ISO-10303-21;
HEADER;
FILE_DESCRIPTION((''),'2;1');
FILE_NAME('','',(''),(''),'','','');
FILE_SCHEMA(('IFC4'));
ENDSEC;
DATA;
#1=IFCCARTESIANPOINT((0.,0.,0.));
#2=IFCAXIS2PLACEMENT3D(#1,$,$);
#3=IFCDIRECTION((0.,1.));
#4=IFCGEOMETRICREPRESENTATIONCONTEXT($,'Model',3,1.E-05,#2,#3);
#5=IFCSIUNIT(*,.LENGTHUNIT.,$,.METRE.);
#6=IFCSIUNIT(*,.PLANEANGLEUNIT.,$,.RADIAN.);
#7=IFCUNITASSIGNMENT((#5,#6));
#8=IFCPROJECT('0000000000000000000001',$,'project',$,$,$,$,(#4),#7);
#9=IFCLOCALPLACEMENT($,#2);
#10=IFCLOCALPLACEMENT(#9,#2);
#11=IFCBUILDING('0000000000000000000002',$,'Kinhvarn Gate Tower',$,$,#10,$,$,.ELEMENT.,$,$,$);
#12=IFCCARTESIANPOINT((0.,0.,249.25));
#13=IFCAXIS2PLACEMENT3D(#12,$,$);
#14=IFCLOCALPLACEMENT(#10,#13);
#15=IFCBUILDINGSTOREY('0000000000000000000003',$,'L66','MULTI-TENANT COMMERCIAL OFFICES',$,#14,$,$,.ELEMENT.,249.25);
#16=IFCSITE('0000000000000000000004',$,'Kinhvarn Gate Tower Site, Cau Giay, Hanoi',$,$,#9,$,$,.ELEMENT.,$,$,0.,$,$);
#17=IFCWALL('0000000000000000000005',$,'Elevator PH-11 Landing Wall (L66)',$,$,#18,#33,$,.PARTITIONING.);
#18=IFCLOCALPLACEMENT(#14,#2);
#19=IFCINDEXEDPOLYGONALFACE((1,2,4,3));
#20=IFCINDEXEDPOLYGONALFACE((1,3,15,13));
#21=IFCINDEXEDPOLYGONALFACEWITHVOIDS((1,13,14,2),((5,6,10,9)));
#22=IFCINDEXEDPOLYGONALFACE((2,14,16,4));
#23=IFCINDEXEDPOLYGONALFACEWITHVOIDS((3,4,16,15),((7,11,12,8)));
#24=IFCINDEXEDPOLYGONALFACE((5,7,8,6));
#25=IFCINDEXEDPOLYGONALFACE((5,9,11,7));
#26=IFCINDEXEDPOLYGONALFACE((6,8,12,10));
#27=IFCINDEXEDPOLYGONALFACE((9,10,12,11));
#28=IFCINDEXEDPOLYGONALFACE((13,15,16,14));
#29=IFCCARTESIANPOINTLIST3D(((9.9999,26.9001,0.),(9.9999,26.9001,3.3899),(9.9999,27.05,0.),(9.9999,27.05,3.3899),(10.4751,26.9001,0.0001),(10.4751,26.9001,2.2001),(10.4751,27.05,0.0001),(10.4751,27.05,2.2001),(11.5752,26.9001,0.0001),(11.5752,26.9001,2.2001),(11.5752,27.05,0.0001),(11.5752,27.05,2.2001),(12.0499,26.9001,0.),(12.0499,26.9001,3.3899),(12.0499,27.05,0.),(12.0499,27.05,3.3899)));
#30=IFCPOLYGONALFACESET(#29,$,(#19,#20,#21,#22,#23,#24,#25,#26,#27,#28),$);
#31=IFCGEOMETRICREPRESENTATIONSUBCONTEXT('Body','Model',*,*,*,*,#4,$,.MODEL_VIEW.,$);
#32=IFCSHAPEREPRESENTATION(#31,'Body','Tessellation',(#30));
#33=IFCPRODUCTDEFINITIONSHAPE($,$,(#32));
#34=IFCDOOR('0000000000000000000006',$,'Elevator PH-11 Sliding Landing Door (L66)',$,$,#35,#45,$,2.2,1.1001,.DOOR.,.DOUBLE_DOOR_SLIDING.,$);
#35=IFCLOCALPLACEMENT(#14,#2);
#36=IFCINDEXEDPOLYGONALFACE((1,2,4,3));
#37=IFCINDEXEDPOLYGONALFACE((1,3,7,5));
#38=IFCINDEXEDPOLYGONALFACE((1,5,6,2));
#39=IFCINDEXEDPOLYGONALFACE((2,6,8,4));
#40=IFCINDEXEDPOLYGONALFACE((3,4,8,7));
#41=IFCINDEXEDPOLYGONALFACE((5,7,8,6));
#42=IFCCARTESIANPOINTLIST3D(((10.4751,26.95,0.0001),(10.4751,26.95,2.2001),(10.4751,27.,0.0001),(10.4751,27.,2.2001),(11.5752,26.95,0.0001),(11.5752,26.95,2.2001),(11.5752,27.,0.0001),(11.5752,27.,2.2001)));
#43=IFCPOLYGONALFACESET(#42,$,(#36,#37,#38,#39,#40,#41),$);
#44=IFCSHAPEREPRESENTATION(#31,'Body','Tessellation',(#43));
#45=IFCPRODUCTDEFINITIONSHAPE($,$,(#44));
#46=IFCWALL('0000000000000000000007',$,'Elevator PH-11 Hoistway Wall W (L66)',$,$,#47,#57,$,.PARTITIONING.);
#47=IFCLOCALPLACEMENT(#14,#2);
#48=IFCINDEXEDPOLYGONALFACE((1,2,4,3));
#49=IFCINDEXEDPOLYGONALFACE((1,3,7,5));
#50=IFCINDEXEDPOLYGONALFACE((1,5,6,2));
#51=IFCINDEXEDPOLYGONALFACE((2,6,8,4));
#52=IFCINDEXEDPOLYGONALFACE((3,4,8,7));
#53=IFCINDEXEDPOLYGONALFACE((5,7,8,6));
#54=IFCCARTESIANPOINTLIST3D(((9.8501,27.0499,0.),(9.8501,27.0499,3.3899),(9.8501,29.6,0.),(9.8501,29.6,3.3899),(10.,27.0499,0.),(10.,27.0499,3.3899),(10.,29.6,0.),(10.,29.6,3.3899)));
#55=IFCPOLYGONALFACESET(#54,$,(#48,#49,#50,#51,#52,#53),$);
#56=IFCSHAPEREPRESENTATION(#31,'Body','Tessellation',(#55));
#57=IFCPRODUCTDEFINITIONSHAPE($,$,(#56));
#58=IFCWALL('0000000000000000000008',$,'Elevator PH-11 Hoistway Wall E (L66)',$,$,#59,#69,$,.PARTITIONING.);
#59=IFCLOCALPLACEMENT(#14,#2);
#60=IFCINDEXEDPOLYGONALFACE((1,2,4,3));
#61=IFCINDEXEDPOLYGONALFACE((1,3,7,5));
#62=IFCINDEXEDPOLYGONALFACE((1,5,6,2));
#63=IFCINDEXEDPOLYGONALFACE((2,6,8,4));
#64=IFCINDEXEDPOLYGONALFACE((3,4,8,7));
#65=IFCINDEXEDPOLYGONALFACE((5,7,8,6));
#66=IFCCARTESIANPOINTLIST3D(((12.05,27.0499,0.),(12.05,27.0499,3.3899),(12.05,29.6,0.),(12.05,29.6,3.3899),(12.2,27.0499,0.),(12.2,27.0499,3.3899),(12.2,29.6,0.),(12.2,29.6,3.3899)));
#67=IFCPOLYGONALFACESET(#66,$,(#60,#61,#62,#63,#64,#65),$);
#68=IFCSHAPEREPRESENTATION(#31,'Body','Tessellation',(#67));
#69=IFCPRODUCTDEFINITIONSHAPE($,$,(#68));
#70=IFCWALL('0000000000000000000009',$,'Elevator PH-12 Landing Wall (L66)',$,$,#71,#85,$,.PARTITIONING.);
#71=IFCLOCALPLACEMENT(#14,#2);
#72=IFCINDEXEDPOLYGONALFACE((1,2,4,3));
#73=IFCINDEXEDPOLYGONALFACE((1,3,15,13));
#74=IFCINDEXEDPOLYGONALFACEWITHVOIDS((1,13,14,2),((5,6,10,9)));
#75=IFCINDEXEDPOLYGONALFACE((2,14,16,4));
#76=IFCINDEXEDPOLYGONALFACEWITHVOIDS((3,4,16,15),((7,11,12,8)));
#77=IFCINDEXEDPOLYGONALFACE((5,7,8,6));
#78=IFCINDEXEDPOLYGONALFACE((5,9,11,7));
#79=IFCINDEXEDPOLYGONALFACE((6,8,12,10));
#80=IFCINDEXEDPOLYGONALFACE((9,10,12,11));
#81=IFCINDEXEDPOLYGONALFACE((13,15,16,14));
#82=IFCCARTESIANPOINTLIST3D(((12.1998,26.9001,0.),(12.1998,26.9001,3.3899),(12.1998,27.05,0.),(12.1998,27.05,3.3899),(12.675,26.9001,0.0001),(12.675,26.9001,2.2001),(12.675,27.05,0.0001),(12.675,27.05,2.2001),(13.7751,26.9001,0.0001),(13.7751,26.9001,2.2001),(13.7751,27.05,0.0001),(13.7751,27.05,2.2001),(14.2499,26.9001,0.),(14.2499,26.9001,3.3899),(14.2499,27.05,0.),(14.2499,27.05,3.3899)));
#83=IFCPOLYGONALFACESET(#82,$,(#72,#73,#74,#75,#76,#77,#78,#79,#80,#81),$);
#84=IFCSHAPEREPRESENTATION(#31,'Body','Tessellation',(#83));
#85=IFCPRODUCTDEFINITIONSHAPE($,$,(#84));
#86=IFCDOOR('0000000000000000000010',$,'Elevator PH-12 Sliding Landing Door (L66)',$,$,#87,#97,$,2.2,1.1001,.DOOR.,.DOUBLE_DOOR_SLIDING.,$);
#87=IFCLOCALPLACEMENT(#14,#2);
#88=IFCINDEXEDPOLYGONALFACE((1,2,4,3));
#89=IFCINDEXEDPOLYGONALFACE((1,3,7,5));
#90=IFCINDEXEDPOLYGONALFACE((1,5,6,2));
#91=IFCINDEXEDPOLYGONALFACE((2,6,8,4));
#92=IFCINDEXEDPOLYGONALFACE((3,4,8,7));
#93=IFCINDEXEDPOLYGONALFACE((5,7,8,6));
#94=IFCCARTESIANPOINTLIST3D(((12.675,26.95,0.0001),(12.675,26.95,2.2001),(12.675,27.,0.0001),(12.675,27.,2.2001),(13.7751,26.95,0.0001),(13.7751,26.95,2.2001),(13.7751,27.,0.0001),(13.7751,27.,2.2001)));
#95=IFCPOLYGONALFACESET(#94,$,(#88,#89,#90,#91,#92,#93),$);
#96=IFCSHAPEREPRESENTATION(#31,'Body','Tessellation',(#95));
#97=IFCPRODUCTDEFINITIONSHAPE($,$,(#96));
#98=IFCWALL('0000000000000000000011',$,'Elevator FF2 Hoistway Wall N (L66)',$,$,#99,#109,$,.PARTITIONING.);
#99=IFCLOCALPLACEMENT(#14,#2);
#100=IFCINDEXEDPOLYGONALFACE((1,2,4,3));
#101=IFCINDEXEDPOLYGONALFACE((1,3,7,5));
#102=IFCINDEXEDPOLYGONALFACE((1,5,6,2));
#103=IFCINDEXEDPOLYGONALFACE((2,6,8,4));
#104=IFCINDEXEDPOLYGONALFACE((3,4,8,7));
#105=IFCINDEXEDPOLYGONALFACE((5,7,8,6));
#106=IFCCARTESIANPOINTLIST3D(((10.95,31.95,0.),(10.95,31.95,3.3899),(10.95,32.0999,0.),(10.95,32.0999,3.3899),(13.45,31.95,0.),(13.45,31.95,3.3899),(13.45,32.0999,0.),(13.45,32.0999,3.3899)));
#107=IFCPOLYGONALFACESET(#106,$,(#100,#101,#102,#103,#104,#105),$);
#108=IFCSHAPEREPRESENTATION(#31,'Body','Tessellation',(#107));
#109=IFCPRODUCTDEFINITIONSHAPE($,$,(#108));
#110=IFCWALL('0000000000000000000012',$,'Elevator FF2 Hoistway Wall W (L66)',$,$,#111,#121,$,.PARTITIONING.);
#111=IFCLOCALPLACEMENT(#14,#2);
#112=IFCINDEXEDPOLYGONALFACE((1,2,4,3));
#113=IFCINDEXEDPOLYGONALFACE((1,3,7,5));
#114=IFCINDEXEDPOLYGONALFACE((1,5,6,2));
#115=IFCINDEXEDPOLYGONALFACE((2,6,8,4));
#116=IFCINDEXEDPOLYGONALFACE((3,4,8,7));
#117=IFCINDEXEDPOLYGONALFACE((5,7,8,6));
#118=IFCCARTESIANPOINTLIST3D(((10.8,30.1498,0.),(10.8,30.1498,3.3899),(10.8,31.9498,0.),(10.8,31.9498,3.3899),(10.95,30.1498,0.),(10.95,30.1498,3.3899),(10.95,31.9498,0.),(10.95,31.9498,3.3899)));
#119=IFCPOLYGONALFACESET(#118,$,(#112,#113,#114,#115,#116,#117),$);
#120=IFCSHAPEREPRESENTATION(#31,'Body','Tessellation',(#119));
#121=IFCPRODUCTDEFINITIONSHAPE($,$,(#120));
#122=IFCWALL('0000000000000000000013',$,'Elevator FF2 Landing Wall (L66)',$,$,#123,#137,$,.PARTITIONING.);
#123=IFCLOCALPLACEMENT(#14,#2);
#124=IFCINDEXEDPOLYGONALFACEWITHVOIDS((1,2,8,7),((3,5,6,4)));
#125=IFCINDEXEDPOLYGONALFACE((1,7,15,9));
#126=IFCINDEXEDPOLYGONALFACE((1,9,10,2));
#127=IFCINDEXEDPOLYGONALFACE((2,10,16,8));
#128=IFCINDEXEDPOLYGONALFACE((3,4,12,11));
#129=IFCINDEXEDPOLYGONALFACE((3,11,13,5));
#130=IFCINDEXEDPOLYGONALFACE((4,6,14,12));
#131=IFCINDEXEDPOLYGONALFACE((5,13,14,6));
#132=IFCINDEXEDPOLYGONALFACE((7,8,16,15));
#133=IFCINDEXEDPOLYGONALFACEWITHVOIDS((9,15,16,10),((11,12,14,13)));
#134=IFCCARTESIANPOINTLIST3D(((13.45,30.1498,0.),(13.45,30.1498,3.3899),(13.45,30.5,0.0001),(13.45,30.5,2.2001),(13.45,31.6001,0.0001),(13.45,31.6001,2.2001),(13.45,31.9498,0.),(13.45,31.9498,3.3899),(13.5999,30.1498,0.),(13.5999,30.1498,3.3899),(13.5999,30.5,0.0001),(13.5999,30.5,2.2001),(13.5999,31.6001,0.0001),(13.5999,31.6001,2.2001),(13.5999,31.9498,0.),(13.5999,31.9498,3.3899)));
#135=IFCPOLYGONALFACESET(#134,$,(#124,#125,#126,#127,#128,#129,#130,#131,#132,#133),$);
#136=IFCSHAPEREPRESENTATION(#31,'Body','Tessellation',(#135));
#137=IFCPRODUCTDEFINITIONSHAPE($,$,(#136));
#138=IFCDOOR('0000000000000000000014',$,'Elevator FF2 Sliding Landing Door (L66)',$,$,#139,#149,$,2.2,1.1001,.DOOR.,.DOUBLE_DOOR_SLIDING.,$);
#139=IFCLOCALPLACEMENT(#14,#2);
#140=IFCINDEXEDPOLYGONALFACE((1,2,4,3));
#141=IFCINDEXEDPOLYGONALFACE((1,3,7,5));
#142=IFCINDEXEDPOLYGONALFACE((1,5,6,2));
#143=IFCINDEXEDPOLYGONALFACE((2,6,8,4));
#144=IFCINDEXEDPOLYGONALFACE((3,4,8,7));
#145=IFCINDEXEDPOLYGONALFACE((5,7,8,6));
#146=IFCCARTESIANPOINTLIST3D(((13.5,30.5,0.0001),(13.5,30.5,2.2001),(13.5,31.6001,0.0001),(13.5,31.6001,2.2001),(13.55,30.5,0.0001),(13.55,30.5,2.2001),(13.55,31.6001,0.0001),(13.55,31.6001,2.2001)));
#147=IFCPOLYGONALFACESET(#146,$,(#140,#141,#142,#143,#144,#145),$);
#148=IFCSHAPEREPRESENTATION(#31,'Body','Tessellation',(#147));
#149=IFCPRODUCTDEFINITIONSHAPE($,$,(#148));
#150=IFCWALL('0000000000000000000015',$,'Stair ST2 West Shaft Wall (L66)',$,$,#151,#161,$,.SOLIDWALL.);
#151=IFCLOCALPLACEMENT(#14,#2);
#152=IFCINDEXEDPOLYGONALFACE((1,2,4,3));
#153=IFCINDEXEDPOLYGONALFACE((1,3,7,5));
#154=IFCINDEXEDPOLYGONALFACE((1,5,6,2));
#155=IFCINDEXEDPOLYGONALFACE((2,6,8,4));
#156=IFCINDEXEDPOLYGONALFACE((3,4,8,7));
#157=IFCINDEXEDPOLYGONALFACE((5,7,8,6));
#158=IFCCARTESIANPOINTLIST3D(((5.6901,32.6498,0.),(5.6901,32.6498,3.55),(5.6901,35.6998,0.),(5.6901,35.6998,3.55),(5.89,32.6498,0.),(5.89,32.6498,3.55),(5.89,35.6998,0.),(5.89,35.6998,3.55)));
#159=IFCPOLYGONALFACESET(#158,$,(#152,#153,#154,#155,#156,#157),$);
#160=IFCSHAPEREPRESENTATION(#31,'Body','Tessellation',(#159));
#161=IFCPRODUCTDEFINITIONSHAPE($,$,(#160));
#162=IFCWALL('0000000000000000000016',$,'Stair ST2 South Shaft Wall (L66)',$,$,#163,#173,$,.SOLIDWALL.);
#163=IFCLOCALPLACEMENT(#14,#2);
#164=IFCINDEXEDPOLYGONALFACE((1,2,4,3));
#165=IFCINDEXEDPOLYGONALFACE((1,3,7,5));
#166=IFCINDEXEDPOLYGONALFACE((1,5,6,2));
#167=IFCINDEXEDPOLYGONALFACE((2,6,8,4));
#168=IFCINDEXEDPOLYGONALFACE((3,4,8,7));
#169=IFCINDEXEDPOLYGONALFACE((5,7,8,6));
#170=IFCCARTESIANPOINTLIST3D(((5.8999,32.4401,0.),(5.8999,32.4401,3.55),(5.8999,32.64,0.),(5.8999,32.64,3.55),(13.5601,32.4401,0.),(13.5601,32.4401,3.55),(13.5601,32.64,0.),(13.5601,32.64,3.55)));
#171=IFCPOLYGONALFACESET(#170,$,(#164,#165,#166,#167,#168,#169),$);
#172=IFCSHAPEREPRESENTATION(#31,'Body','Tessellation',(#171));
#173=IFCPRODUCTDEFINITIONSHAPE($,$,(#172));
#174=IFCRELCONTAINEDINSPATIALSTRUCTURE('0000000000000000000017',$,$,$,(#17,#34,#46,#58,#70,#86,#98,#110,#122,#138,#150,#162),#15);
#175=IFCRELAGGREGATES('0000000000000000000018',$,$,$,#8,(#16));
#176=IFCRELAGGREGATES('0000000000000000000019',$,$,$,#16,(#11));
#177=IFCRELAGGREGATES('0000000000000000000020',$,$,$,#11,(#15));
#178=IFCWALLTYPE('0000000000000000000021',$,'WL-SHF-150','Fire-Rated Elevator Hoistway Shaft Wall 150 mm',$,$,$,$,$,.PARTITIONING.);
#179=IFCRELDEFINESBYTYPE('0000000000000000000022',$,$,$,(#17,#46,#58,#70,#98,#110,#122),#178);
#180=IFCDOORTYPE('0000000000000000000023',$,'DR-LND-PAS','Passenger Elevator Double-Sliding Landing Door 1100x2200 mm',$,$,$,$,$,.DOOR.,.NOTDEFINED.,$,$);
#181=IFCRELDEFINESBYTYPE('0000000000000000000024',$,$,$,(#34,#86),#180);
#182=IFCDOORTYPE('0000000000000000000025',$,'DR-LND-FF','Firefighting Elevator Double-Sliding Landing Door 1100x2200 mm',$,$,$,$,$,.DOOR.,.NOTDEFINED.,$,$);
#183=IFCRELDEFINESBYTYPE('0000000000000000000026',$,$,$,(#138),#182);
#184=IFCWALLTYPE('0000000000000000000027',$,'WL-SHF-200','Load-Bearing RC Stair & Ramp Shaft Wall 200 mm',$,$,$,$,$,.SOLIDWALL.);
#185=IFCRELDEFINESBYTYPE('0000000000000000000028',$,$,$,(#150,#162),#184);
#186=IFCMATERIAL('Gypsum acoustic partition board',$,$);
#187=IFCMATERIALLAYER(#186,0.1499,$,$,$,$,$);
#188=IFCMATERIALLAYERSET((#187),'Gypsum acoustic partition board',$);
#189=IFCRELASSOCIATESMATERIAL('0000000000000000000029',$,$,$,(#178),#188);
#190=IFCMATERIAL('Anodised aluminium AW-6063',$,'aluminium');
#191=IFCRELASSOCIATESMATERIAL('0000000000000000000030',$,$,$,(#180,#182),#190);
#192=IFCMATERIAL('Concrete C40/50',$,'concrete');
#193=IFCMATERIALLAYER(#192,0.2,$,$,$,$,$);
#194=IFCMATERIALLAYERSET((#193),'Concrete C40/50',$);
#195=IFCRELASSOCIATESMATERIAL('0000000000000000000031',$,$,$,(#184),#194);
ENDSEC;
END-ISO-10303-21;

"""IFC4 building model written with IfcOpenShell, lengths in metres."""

from ifc_helpers import new_model, si_unit, direction, frame, frame_2d, origin, place, context, subcontext, project, spatial, rectangle, extrude, material, layer, layer_set, type_object, element, fill, save


model = new_model("IFC4")

# Units and contexts
model_context = context("Model", 3, precision=1e-05, world=origin(), true_north=direction((0.0, 1.0)))
body_context = subcontext(model_context, "Body", "Model", "MODEL_VIEW")
ifc_project = project(units=[si_unit("LENGTHUNIT", "METRE"), si_unit("PLANEANGLEUNIT", "RADIAN")], contexts=[model_context])

# Site, building, storey
site_placement = place(None, origin())
site = spatial("IfcSite", under=ifc_project, at=site_placement, Name="Kinhvarn Gate Tower Site, Cau Giay, Hanoi", CompositionType="ELEMENT", RefElevation=0.0)
building_placement = place(site_placement, origin())
building = spatial("IfcBuilding", under=site, at=building_placement, Name="Kinhvarn Gate Tower", CompositionType="ELEMENT")
storey_placement = place(building_placement, frame((0.0, 0.0, 249.25)))
storey = spatial("IfcBuildingStorey", under=building, at=storey_placement, Name="L66", Description="MULTI-TENANT COMMERCIAL OFFICES", CompositionType="ELEMENT", Elevation=249.25)

# Shared definitions
ifc_material_1 = material(Name="Gypsum acoustic partition board")

# Shared definitions
ifc_material_2 = material(Name="Anodised aluminium AW-6063", Category="aluminium")

# Wall, opening, door
ifc_layer_1 = layer(ifc_material_1, 0.1499)
ifc_layer_set_1 = layer_set([ifc_layer_1], Name="Gypsum acoustic partition board")
wall_type_1 = type_object("IfcWallType", Name="WL-SHF-150", Description="Fire-Rated Elevator Hoistway Shaft Wall 150 mm", PredefinedType="PARTITIONING", material=ifc_layer_set_1)
door_type_1 = type_object("IfcDoorType", Name="DR-LND-PAS", Description="Passenger Elevator Double-Sliding Landing Door 1100x2200 mm", OperationType="NOTDEFINED", PredefinedType="DOOR", material=ifc_material_2)
wall_1_placement = place(storey_placement, frame((10.0, 26.9751, 0.0), z_axis=(0.0, 0.0, 1.0), x_axis=(1.0, 0.0, 0.0)))
wall_1 = element("IfcWall", 1, at=wall_1_placement, inside=storey, type_object=wall_type_1, Name="Elevator PH-11 Landing Wall (L66)", PredefinedType="PARTITIONING", context=body_context, shape_type="SweptSolid", body=[
    extrude(rectangle(XDim=2.05, YDim=0.1499, at=frame_2d((1.0249, 0.0))), origin(), (0.0, 0.0, 1.0), 3.3899),
])
opening_1_placement = place(wall_1_placement, frame((0.4751, 0.0, 0.0)))
opening_1 = element("IfcOpeningElement", 2, at=opening_1_placement, cuts=wall_1, PredefinedType="OPENING", context=body_context, shape_type="SweptSolid", body=[
    extrude(rectangle(XDim=1.1001, YDim=2.2, at=frame_2d((0.55, 1.1001))), frame((0.0, 0.085, 0.0), z_axis=(0.0, -1.0, 0.0), x_axis=(1.0, 0.0, 0.0)), (0.0, 0.0, 1.0), 0.1699),
])
door_1_placement = place(opening_1_placement, origin())
door_1 = element("IfcDoor", 3, at=door_1_placement, inside=storey, type_object=door_type_1, Name="Elevator PH-11 Sliding Landing Door (L66)", OperationType="DOUBLE_DOOR_SLIDING", OverallHeight=2.2, OverallWidth=1.1001, PredefinedType="DOOR", context=body_context, shape_type="SweptSolid", body=[
    extrude(rectangle(XDim=1.1001, YDim=2.2, at=frame_2d((0.55, 1.1001))), frame((0.0, 0.0249, 0.0), z_axis=(0.0, -1.0, 0.0), x_axis=(1.0, 0.0, 0.0)), (0.0, 0.0, 1.0), 0.05),
])
fill(opening_1, door_1)

# Walls
for number, where, z_axis, x_axis, name in (
    (4, (9.925, 27.05, 0.0), (0.0, 0.0, 1.0), (0.0, 1.0, 0.0), "Elevator PH-11 Hoistway Wall W (L66)"),
    (5, (12.125, 27.05, 0.0), (0.0, 0.0, 1.0), (0.0, 1.0, 0.0), "Elevator PH-11 Hoistway Wall E (L66)"),
):
    element("IfcWall", number, at=place(storey_placement, frame(where, z_axis=z_axis, x_axis=x_axis)), inside=storey, type_object=wall_type_1, Name=name, PredefinedType="PARTITIONING", context=body_context, shape_type="SweptSolid", body=[
        extrude(rectangle(XDim=2.55, YDim=0.1499, at=frame_2d((1.2749, 0.0))), origin(), (0.0, 0.0, 1.0), 3.3899),
    ])

# Wall, opening, door
wall_2_placement = place(storey_placement, frame((12.2, 26.9751, 0.0), z_axis=(0.0, 0.0, 1.0), x_axis=(1.0, 0.0, 0.0)))
wall_2 = element("IfcWall", 6, at=wall_2_placement, inside=storey, type_object=wall_type_1, Name="Elevator PH-12 Landing Wall (L66)", PredefinedType="PARTITIONING", context=body_context, shape_type="SweptSolid", body=[
    extrude(rectangle(XDim=2.05, YDim=0.1499, at=frame_2d((1.0249, 0.0))), origin(), (0.0, 0.0, 1.0), 3.3899),
])
opening_2_placement = place(wall_2_placement, frame((0.4751, 0.0, 0.0)))
opening_2 = element("IfcOpeningElement", 7, at=opening_2_placement, cuts=wall_2, PredefinedType="OPENING", context=body_context, shape_type="SweptSolid", body=[
    extrude(rectangle(XDim=1.1001, YDim=2.2, at=frame_2d((0.55, 1.1001))), frame((0.0, 0.085, 0.0), z_axis=(0.0, -1.0, 0.0), x_axis=(1.0, 0.0, 0.0)), (0.0, 0.0, 1.0), 0.1699),
])
door_2_placement = place(opening_2_placement, origin())
door_2 = element("IfcDoor", 8, at=door_2_placement, inside=storey, type_object=door_type_1, Name="Elevator PH-12 Sliding Landing Door (L66)", OperationType="DOUBLE_DOOR_SLIDING", OverallHeight=2.2, OverallWidth=1.1001, PredefinedType="DOOR", context=body_context, shape_type="SweptSolid", body=[
    extrude(rectangle(XDim=1.1001, YDim=2.2, at=frame_2d((0.55, 1.1001))), frame((0.0, 0.0249, 0.0), z_axis=(0.0, -1.0, 0.0), x_axis=(1.0, 0.0, 0.0)), (0.0, 0.0, 1.0), 0.05),
])
fill(opening_2, door_2)

# Walls
wall_3_placement = place(storey_placement, frame((10.95, 32.0249, 0.0), z_axis=(0.0, 0.0, 1.0), x_axis=(1.0, 0.0, 0.0)))
element("IfcWall", 9, at=wall_3_placement, inside=storey, type_object=wall_type_1, Name="Elevator FF2 Hoistway Wall N (L66)", PredefinedType="PARTITIONING", context=body_context, shape_type="SweptSolid", body=[
    extrude(rectangle(XDim=2.5, YDim=0.1499, at=frame_2d((1.25, 0.0))), origin(), (0.0, 0.0, 1.0), 3.3899),
])
wall_4_placement = place(storey_placement, frame((10.875, 30.1499, 0.0), z_axis=(0.0, 0.0, 1.0), x_axis=(0.0, 1.0, 0.0)))
element("IfcWall", 10, at=wall_4_placement, inside=storey, type_object=wall_type_1, Name="Elevator FF2 Hoistway Wall W (L66)", PredefinedType="PARTITIONING", context=body_context, shape_type="SweptSolid", body=[
    extrude(rectangle(XDim=1.8, YDim=0.1499, at=frame_2d((0.8999, 0.0))), origin(), (0.0, 0.0, 1.0), 3.3899),
])

# Wall, opening, door
wall_5_placement = place(storey_placement, frame((13.5249, 30.1499, 0.0), z_axis=(0.0, 0.0, 1.0), x_axis=(0.0, 1.0, 0.0)))
wall_5 = element("IfcWall", 11, at=wall_5_placement, inside=storey, type_object=wall_type_1, Name="Elevator FF2 Landing Wall (L66)", PredefinedType="PARTITIONING", context=body_context, shape_type="SweptSolid", body=[
    extrude(rectangle(XDim=1.8, YDim=0.1499, at=frame_2d((0.8999, 0.0))), origin(), (0.0, 0.0, 1.0), 3.3899),
])
opening_3_placement = place(wall_5_placement, frame((0.3501, 0.0, 0.0)))
opening_3 = element("IfcOpeningElement", 12, at=opening_3_placement, cuts=wall_5, PredefinedType="OPENING", context=body_context, shape_type="SweptSolid", body=[
    extrude(rectangle(XDim=1.1001, YDim=2.2, at=frame_2d((0.55, 1.1001))), frame((0.0, 0.085, 0.0), z_axis=(0.0, -1.0, 0.0), x_axis=(1.0, 0.0, 0.0)), (0.0, 0.0, 1.0), 0.1699),
])
door_type_2 = type_object("IfcDoorType", Name="DR-LND-FF", Description="Firefighting Elevator Double-Sliding Landing Door 1100x2200 mm", OperationType="NOTDEFINED", PredefinedType="DOOR", material=ifc_material_2)
door_3_placement = place(opening_3_placement, origin())
door_3 = element("IfcDoor", 13, at=door_3_placement, inside=storey, type_object=door_type_2, Name="Elevator FF2 Sliding Landing Door (L66)", OperationType="DOUBLE_DOOR_SLIDING", OverallHeight=2.2, OverallWidth=1.1001, PredefinedType="DOOR", context=body_context, shape_type="SweptSolid", body=[
    extrude(rectangle(XDim=1.1001, YDim=2.2, at=frame_2d((0.55, 1.1001))), frame((0.0, 0.0249, 0.0), z_axis=(0.0, -1.0, 0.0), x_axis=(1.0, 0.0, 0.0)), (0.0, 0.0, 1.0), 0.05),
])
fill(opening_3, door_3)

# Walls
ifc_material_3 = material(Name="Concrete C40/50", Category="concrete")
ifc_layer_2 = layer(ifc_material_3, 0.2)
ifc_layer_set_2 = layer_set([ifc_layer_2], Name="Concrete C40/50")
wall_type_2 = type_object("IfcWallType", Name="WL-SHF-200", Description="Load-Bearing RC Stair & Ramp Shaft Wall 200 mm", PredefinedType="SOLIDWALL", material=ifc_layer_set_2)
wall_6_placement = place(storey_placement, frame((5.79, 32.6499, 0.0), z_axis=(0.0, 0.0, 1.0), x_axis=(0.0, 1.0, 0.0)))
element("IfcWall", 14, at=wall_6_placement, inside=storey, type_object=wall_type_2, Name="Stair ST2 West Shaft Wall (L66)", PredefinedType="SOLIDWALL", context=body_context, shape_type="SweptSolid", body=[
    extrude(rectangle(XDim=3.05, YDim=0.2, at=frame_2d((1.5249, 0.0))), origin(), (0.0, 0.0, 1.0), 3.55),
])
wall_7_placement = place(storey_placement, frame((5.8999, 32.54, 0.0), z_axis=(0.0, 0.0, 1.0), x_axis=(1.0, 0.0, 0.0)))
element("IfcWall", 15, at=wall_7_placement, inside=storey, type_object=wall_type_2, Name="Stair ST2 South Shaft Wall (L66)", PredefinedType="SOLIDWALL", context=body_context, shape_type="SweptSolid", body=[
    extrude(rectangle(XDim=7.6602, YDim=0.2, at=frame_2d((3.8301, 0.0))), origin(), (0.0, 0.0, 1.0), 3.55),
])

save(model, "model.ifc")
